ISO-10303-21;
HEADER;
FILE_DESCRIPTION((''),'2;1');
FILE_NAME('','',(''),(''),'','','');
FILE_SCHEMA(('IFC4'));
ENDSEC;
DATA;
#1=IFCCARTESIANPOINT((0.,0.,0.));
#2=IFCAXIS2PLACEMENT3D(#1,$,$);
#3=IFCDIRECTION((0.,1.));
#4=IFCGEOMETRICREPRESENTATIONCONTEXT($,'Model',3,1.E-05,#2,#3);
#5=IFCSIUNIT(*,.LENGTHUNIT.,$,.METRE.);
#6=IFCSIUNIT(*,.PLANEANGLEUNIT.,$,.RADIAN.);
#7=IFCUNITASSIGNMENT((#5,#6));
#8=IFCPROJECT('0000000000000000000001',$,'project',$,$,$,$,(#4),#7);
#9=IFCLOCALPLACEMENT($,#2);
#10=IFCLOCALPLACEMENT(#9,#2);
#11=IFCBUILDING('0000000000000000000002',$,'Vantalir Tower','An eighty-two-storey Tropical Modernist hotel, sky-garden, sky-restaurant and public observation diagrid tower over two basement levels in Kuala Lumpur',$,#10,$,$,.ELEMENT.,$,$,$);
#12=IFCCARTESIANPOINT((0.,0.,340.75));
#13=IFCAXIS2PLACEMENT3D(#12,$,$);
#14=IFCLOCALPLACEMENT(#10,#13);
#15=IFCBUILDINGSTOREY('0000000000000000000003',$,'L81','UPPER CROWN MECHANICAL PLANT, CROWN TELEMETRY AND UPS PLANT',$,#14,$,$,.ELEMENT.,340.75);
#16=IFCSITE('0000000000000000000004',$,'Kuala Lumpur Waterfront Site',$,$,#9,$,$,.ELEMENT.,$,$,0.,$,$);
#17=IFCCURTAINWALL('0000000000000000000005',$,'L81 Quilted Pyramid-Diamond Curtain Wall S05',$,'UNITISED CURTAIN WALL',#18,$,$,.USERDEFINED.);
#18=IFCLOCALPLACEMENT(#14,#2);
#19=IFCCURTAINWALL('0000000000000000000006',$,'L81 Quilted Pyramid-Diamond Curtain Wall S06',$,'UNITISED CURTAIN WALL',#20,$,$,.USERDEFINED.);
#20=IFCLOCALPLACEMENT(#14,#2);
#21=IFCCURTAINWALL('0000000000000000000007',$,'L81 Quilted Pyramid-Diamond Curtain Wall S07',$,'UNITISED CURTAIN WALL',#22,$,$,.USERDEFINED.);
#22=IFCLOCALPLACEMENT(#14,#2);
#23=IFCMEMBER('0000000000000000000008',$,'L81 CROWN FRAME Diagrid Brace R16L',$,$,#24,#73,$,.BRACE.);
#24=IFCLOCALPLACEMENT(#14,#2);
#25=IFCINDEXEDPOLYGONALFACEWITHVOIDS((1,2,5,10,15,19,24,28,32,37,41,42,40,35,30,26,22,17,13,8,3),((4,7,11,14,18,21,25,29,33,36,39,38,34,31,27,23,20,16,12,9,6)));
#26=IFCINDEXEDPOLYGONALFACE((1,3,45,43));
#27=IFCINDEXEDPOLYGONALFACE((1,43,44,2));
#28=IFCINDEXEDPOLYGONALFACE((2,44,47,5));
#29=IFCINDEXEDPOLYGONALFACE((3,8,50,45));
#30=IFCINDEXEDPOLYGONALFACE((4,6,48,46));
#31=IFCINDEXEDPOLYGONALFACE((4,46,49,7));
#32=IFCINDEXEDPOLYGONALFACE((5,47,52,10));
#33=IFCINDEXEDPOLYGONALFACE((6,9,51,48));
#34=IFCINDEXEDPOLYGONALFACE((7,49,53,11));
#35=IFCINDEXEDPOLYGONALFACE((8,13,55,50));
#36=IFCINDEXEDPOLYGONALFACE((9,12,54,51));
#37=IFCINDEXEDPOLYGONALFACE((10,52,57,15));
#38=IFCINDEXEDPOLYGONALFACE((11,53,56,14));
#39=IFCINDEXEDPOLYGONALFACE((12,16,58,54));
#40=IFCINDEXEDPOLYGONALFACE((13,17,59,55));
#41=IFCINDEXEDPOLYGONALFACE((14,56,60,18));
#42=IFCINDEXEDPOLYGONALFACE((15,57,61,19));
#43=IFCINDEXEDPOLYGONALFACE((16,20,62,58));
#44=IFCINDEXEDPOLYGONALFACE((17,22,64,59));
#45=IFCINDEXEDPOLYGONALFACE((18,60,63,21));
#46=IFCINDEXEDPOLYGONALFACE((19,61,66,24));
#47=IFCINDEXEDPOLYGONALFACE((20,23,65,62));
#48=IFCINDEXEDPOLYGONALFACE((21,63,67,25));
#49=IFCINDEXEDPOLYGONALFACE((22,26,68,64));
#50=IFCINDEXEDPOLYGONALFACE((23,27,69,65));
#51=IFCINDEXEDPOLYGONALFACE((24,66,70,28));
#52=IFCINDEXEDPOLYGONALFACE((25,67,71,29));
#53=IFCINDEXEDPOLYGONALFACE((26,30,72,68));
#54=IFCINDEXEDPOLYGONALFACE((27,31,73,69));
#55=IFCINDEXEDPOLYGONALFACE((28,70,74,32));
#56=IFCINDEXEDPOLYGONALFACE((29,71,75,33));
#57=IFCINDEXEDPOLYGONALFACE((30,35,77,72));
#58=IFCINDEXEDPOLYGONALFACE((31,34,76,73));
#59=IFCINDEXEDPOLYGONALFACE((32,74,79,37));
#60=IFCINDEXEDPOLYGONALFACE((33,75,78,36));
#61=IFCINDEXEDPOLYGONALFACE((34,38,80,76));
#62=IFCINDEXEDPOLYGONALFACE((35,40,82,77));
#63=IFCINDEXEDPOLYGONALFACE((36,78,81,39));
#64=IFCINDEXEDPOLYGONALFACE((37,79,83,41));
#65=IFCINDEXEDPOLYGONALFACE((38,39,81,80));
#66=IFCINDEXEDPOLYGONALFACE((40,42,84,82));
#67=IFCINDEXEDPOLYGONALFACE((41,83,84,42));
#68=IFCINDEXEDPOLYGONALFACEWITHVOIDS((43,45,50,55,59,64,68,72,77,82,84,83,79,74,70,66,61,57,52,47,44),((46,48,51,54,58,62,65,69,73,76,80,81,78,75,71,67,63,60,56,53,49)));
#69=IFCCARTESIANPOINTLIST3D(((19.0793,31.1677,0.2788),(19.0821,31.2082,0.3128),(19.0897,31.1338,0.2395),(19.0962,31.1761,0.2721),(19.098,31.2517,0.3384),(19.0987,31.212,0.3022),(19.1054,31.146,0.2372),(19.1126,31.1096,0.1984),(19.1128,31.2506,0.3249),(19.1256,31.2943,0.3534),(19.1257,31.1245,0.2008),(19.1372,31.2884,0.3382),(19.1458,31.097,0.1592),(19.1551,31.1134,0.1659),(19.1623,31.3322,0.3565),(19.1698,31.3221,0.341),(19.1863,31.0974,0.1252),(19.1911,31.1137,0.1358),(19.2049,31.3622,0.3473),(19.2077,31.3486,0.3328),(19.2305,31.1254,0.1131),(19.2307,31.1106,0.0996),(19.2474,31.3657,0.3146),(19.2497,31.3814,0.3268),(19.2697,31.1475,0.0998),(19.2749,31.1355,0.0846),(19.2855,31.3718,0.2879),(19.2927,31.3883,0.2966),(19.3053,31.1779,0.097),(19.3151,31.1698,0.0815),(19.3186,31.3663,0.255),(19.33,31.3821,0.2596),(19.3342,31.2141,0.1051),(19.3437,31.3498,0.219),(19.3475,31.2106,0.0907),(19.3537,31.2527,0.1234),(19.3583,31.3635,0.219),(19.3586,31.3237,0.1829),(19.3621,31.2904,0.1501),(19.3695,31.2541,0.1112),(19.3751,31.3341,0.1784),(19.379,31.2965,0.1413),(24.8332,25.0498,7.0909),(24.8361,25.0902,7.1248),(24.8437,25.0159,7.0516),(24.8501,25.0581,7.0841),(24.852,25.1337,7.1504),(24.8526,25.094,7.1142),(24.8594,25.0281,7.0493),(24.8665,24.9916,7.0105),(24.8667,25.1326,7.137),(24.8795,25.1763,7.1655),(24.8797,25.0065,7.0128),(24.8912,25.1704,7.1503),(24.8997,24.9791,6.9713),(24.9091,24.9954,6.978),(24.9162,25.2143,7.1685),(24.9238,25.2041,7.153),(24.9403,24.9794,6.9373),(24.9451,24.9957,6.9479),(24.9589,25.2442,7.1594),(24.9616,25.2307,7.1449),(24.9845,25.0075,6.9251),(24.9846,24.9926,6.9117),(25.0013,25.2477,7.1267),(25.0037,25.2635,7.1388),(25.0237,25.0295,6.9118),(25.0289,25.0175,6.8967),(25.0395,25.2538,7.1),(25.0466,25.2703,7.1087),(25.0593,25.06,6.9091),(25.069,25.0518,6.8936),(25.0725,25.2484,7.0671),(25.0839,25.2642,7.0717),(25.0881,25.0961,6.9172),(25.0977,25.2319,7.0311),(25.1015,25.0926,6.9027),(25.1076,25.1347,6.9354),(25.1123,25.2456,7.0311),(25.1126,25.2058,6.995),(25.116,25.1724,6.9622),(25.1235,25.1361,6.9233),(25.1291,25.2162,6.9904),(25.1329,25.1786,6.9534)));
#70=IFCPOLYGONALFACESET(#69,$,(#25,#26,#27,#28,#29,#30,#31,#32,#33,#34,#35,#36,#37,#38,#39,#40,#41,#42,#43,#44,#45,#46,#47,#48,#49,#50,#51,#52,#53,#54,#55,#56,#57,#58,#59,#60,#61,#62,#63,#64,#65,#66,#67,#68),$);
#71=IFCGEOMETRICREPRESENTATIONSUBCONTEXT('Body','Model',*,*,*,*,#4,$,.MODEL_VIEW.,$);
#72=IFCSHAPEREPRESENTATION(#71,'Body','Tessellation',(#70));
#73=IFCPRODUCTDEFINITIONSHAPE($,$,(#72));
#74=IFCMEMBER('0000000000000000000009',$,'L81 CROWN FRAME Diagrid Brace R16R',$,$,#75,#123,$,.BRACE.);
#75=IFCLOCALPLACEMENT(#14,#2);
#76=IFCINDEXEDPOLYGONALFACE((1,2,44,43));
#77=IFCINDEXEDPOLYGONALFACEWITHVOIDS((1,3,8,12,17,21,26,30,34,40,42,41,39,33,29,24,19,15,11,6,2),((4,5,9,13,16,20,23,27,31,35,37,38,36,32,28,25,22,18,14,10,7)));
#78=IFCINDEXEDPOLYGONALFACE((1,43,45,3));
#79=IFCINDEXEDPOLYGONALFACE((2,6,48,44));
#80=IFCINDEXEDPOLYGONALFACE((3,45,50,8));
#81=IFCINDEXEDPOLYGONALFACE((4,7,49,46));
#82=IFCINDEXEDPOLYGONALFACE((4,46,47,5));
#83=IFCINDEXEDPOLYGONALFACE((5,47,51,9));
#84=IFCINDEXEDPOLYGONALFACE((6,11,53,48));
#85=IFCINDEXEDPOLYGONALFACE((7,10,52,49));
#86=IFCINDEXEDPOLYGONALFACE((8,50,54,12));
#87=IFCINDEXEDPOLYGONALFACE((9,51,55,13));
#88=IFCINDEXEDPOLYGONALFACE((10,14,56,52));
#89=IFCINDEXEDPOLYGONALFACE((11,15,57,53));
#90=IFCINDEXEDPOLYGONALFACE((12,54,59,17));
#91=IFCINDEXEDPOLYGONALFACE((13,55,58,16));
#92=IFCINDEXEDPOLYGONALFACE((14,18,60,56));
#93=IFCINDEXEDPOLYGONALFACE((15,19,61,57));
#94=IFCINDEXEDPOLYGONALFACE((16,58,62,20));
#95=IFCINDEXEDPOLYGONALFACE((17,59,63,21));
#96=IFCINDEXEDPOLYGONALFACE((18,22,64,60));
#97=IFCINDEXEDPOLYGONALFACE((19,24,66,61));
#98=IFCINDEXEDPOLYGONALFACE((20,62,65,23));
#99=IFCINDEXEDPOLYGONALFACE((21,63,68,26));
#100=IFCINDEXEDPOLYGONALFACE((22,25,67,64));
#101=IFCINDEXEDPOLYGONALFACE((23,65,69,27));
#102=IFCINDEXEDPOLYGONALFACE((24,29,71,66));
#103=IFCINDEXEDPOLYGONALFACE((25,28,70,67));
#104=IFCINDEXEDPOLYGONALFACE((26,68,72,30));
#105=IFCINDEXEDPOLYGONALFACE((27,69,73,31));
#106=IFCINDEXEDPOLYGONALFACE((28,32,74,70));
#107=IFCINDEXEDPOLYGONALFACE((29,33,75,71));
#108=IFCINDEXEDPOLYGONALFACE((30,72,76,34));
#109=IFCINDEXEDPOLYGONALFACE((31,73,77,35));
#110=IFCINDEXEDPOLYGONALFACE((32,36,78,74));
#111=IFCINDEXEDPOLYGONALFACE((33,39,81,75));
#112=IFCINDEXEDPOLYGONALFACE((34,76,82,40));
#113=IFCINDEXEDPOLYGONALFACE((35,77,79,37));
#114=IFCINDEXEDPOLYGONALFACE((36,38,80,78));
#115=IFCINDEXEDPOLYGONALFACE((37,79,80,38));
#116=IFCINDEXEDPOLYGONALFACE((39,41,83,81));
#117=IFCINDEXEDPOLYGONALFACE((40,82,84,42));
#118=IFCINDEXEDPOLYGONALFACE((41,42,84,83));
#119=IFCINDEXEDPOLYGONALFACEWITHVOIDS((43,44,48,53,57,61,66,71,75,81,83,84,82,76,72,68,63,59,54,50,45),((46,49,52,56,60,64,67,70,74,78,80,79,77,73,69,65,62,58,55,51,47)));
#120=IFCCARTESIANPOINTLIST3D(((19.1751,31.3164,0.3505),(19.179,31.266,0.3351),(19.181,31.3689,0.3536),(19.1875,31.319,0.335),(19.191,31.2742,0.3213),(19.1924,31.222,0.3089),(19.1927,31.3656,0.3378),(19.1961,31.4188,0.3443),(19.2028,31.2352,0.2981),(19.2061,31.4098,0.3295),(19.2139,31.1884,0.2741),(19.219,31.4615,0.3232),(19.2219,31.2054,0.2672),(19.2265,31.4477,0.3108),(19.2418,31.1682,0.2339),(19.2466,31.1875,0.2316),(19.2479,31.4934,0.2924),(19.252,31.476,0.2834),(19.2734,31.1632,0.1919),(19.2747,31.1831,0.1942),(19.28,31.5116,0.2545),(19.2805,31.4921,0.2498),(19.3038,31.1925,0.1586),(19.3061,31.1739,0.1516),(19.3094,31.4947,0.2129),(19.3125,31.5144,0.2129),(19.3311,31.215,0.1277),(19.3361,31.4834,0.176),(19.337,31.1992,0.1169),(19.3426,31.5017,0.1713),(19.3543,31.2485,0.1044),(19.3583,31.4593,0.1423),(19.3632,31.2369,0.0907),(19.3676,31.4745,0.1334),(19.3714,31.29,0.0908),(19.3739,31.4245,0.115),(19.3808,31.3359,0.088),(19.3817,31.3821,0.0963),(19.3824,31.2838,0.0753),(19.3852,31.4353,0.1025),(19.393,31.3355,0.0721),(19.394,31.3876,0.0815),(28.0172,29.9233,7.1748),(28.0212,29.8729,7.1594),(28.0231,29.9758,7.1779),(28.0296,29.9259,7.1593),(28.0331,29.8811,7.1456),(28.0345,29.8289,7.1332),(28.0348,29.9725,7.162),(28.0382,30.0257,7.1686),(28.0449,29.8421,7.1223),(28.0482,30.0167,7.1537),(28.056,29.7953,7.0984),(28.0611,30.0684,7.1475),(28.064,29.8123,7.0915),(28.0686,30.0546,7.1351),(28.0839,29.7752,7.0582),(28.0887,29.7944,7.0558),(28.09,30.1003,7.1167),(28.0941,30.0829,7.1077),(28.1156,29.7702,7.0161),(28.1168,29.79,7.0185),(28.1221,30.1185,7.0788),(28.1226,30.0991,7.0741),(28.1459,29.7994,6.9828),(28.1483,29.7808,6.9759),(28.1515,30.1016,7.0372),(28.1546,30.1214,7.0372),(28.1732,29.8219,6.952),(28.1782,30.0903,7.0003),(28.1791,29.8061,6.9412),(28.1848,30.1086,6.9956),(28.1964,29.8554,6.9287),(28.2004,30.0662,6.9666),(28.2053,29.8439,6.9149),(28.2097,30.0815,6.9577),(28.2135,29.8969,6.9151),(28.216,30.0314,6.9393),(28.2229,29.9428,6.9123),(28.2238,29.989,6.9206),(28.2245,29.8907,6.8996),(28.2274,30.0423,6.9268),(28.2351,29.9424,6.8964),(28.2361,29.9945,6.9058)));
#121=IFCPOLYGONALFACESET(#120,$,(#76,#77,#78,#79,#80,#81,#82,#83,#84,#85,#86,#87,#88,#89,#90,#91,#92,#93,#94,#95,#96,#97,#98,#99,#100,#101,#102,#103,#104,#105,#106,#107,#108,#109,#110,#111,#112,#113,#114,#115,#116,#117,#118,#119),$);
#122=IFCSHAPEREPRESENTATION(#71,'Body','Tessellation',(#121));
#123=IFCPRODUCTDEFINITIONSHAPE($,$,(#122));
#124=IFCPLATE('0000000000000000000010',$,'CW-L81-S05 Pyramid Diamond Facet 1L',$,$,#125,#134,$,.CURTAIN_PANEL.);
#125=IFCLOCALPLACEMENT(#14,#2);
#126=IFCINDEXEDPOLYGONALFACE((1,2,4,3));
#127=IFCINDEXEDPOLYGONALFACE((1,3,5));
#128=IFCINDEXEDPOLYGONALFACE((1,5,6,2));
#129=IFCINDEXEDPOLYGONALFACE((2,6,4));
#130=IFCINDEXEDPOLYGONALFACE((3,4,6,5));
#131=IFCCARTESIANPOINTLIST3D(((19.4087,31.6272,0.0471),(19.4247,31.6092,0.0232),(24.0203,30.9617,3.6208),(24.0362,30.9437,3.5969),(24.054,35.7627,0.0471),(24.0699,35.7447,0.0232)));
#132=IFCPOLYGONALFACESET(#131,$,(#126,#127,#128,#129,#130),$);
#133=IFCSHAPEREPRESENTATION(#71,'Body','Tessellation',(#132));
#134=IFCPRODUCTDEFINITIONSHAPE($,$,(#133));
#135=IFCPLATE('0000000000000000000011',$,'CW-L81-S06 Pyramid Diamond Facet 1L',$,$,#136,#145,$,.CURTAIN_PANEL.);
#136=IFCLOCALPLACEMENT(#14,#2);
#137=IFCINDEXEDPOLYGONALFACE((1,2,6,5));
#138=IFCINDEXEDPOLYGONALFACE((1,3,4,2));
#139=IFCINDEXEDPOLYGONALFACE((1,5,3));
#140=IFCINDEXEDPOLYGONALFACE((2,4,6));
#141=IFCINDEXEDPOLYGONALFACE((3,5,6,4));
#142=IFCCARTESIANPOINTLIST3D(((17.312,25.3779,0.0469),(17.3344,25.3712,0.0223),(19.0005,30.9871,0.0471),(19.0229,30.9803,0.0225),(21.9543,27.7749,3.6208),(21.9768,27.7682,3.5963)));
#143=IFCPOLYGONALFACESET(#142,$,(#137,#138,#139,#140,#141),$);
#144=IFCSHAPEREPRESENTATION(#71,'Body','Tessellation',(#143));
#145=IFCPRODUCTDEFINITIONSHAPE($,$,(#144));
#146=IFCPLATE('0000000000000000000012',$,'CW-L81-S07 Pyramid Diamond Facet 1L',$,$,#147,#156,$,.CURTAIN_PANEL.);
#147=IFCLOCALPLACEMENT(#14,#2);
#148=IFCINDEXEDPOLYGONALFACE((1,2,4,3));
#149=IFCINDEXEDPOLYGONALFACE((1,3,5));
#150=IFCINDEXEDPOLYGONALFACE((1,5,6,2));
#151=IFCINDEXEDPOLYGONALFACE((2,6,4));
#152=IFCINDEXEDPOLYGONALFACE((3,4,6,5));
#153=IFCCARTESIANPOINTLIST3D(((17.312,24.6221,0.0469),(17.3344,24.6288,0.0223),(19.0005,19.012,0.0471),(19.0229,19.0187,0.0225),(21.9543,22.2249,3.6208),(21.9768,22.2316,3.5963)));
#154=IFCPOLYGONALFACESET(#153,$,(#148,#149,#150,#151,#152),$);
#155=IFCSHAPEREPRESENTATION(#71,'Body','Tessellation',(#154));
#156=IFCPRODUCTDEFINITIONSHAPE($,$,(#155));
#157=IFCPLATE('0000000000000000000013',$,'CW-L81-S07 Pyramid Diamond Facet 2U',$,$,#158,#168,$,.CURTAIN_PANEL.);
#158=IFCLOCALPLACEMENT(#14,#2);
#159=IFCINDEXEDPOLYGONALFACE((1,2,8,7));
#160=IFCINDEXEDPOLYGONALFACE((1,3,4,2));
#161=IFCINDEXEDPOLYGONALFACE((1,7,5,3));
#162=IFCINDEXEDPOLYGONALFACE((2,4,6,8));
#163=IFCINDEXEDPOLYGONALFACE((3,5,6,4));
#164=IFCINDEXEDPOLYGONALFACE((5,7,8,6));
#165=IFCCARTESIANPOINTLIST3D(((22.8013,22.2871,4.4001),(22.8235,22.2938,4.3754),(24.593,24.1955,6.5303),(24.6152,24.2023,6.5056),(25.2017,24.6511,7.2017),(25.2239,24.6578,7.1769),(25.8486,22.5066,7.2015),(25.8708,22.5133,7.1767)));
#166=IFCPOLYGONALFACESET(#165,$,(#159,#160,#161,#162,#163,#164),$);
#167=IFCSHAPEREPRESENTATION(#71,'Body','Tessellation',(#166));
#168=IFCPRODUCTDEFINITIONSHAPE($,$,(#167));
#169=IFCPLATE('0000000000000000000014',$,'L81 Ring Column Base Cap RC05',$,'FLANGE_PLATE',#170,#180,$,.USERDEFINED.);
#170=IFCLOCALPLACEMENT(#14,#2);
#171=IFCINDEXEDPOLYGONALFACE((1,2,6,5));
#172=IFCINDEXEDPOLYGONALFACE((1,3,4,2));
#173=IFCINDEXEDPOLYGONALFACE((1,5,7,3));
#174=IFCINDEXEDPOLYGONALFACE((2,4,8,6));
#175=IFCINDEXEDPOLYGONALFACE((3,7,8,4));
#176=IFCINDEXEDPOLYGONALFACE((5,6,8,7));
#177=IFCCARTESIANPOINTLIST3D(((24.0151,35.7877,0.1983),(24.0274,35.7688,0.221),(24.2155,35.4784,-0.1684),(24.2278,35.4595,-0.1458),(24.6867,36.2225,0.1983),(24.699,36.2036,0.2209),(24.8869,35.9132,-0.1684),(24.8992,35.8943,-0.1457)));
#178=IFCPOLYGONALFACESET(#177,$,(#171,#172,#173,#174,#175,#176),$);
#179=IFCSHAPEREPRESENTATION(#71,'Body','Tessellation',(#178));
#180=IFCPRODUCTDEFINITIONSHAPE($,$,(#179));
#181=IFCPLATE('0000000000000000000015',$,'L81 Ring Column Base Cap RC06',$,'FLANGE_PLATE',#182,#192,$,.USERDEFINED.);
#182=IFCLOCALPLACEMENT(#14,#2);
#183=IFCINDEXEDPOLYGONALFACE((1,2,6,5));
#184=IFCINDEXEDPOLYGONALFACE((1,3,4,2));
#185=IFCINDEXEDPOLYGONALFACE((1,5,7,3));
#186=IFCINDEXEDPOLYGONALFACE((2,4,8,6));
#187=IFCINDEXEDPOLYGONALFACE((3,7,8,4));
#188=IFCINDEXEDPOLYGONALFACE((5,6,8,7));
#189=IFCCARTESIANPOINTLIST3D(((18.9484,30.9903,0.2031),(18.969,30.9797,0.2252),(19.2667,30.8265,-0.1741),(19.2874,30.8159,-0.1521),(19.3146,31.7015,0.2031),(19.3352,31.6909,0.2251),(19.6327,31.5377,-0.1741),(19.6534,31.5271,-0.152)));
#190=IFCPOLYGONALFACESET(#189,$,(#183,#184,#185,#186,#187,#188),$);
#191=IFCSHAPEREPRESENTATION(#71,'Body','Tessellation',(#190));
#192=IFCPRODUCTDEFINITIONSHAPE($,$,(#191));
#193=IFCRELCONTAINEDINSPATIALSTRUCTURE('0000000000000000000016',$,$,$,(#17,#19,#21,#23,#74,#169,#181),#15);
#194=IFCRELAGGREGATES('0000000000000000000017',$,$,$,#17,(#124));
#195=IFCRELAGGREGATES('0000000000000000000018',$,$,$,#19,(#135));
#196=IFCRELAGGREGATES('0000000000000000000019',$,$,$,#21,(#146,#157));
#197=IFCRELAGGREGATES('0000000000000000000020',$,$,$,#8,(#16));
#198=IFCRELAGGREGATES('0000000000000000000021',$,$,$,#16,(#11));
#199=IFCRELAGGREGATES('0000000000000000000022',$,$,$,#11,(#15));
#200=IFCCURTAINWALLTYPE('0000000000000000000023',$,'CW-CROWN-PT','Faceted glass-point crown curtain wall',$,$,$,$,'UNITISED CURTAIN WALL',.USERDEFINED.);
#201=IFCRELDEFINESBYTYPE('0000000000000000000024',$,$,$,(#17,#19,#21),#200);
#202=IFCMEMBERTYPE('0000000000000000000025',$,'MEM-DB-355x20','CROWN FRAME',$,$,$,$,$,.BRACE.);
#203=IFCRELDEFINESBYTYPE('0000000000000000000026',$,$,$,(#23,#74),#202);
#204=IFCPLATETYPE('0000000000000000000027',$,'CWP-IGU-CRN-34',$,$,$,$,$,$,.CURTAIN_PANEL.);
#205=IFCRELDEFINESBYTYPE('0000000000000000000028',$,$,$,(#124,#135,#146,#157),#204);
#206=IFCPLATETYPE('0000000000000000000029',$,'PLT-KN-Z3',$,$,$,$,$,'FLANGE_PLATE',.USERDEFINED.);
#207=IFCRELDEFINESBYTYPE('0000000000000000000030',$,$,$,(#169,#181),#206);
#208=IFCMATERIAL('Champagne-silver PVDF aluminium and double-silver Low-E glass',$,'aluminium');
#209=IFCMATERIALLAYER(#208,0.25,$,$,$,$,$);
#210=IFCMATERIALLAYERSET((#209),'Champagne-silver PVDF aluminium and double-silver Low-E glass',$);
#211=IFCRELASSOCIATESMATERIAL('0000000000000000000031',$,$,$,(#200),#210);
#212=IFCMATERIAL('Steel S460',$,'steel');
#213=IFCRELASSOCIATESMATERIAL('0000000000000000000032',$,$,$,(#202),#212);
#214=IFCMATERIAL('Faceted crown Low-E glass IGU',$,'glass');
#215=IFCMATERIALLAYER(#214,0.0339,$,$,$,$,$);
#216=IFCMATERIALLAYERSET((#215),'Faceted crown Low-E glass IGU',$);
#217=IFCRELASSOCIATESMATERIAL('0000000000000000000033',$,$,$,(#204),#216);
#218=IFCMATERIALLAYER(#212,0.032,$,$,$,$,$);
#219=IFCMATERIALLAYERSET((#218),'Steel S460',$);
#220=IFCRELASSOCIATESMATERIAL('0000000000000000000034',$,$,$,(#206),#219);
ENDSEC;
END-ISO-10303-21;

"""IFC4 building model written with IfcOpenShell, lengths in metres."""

from ifc_helpers import new_model, si_unit, direction, frame, origin, origin_2d, place, context, subcontext, project, spatial, polyline, hollow_circle, outline, extrude, material, layer, layer_set, material_profile, profile_set, type_object, element, aggregate, save


model = new_model("IFC4")

# Units and contexts
model_context = context("Model", 3, precision=1e-05, world=origin(), true_north=direction((0.0, 1.0)))
body_context = subcontext(model_context, "Body", "Model", "MODEL_VIEW")
ifc_project = project(units=[si_unit("LENGTHUNIT", "METRE"), si_unit("PLANEANGLEUNIT", "RADIAN")], contexts=[model_context])

# Site, building, storey
site_placement = place(None, origin())
site = spatial("IfcSite", under=ifc_project, at=site_placement, Name="Kuala Lumpur Waterfront Site", CompositionType="ELEMENT", RefElevation=0.0)
building_placement = place(site_placement, origin())
building = spatial("IfcBuilding", under=site, at=building_placement, Name="Vantalir Tower", Description="An eighty-two-storey Tropical Modernist hotel, sky-garden, sky-restaurant and public observation diagrid tower over two basement levels in Kuala Lumpur", CompositionType="ELEMENT")
storey_placement = place(building_placement, frame((0.0, 0.0, 340.75)))
storey = spatial("IfcBuildingStorey", under=building, at=storey_placement, Name="L81", Description="UPPER CROWN MECHANICAL PLANT, CROWN TELEMETRY AND UPS PLANT", CompositionType="ELEMENT", Elevation=340.75)

# Shared definitions
ifc_material_1 = material(Name="Steel S460", Category="steel")

# Shared definitions
ifc_material_2 = material(Name="Champagne-silver PVDF aluminium and double-silver Low-E glass", Category="aluminium")
ifc_layer_1 = layer(ifc_material_2, 0.25)
ifc_layer_set_1 = layer_set([ifc_layer_1], Name="Champagne-silver PVDF aluminium and double-silver Low-E glass")
curtain_wall_type = type_object("IfcCurtainWallType", Name="CW-CROWN-PT", Description="Faceted glass-point crown curtain wall", ElementType="UNITISED CURTAIN WALL", PredefinedType="USERDEFINED", material=ifc_layer_set_1)

# Curtain walls
curtain_wall_1_placement = place(storey_placement, origin())
curtain_wall_1 = element("IfcCurtainWall", 1, at=curtain_wall_1_placement, inside=storey, type_object=curtain_wall_type, Name="L81 Quilted Pyramid-Diamond Curtain Wall S05", ObjectType="UNITISED CURTAIN WALL", PredefinedType="USERDEFINED")
curtain_wall_2_placement = place(storey_placement, origin())
curtain_wall_2 = element("IfcCurtainWall", 2, at=curtain_wall_2_placement, inside=storey, type_object=curtain_wall_type, Name="L81 Quilted Pyramid-Diamond Curtain Wall S06", ObjectType="UNITISED CURTAIN WALL", PredefinedType="USERDEFINED")

# Curtain wall
curtain_wall_3_placement = place(storey_placement, origin())
curtain_wall_3 = element("IfcCurtainWall", 3, at=curtain_wall_3_placement, inside=storey, type_object=curtain_wall_type, Name="L81 Quilted Pyramid-Diamond Curtain Wall S07", ObjectType="UNITISED CURTAIN WALL", PredefinedType="USERDEFINED")

# Members
ifc_material_profile_1 = material_profile(ifc_material_1, hollow_circle(Radius=0.1775, WallThickness=0.02, at=origin_2d()), Name="Steel S460")
ifc_profile_set_1 = profile_set([ifc_material_profile_1], Name="Steel S460")
member_type_1 = type_object("IfcMemberType", Name="MEM-DB-355x20", Description="CROWN FRAME", PredefinedType="BRACE", material=ifc_profile_set_1)
member_1_placement = place(storey_placement, frame((19.229, 31.2419, 0.219), z_axis=(0.532086, -0.565747, 0.629933), x_axis=(0.728446, 0.685104, 0.0)))
element("IfcMember", 4, at=member_1_placement, inside=storey, type_object=member_type_1, Name="L81 CROWN FRAME Diagrid Brace R16L", PredefinedType="BRACE", context=body_context, shape_type="SweptSolid", body=[
    extrude(hollow_circle(Radius=0.1775, WallThickness=0.02, at=origin_2d()), origin(), (0.0, 0.0, 1.0), 10.814),
])
member_2_placement = place(storey_placement, frame((19.2849, 31.3391, 0.2129), z_axis=(0.785557, -0.123765, 0.606286), x_axis=(0.155631, 0.987815, 0.0)))
element("IfcMember", 5, at=member_2_placement, inside=storey, type_object=member_type_1, Name="L81 CROWN FRAME Diagrid Brace R16R", PredefinedType="BRACE", context=body_context, shape_type="SweptSolid", body=[
    extrude(hollow_circle(Radius=0.1775, WallThickness=0.02, at=origin_2d()), origin(), (0.0, 0.0, 1.0), 11.2559),
])

# Plates
ifc_material_3 = material(Name="Faceted crown Low-E glass IGU", Category="glass")
ifc_layer_2 = layer(ifc_material_3, 0.0339)
ifc_layer_set_2 = layer_set([ifc_layer_2], Name="Faceted crown Low-E glass IGU")
plate_type_1 = type_object("IfcPlateType", Name="CWP-IGU-CRN-34", PredefinedType="CURTAIN_PANEL", material=ifc_layer_set_2)
plate_1_placement = place(storey_placement, frame((24.054, 35.7627, 0.0471), z_axis=(-0.470855, 0.528896, 0.706091), x_axis=(-0.7469, -0.664936, 0.0)))
plate_1 = element("IfcPlate", 6, at=plate_1_placement, type_object=plate_type_1, Name="CW-L81-S05 Pyramid Diamond Facet 1L", PredefinedType="CURTAIN_PANEL", context=body_context, shape_type="SweptSolid", body=[
    extrude(outline(polyline([(0.0, 0.0), (6.2194, 0.0), (3.2175, 5.0468), (0.0, 0.0)])), origin(), (0.0, 0.0, -1.0), 0.0339),
])
aggregate(curtain_wall_1, [plate_1])
plate_2_placement = place(storey_placement, frame((19.0005, 30.9871, 0.0471), z_axis=(-0.66022, 0.19871, 0.724309), x_axis=(-0.288246, -0.957556, -0.000042)))
plate_2 = element("IfcPlate", 7, at=plate_2_placement, type_object=plate_type_1, Name="CW-L81-S06 Pyramid Diamond Facet 1L", PredefinedType="CURTAIN_PANEL", context=body_context, shape_type="SweptSolid", body=[
    extrude(outline(polyline([(0.0, 0.0), (5.8578, 0.0), (2.2242, 5.1834), (0.0, 0.0)])), origin(), (0.0, 0.0, -1.0), 0.0339),
])
aggregate(curtain_wall_2, [plate_2])
plate_3_placement = place(storey_placement, frame((17.312, 24.6221, 0.0469), z_axis=(-0.66022, -0.198675, 0.724318), x_axis=(0.2882, -0.95757, 0.000042)))
plate_3 = element("IfcPlate", 8, at=plate_3_placement, type_object=plate_type_1, Name="CW-L81-S07 Pyramid Diamond Facet 1L", PredefinedType="CURTAIN_PANEL", context=body_context, shape_type="SweptSolid", body=[
    extrude(outline(polyline([(0.0, 0.0), (5.8587, 0.0), (3.6336, 5.1835), (0.0, 0.0)])), origin(), (0.0, 0.0, -1.0), 0.0339),
])
plate_4_placement = place(storey_placement, frame((25.2017, 24.6511, 7.2017), z_axis=(-0.655628, -0.197845, 0.728703), x_axis=(0.288808, -0.957387, -0.000087)))
plate_4 = element("IfcPlate", 9, at=plate_4_placement, type_object=plate_type_1, Name="CW-L81-S07 Pyramid Diamond Facet 2U", PredefinedType="CURTAIN_PANEL", context=body_context, shape_type="SweptSolid", body=[
    extrude(outline(polyline([(0.0, 0.0), (2.24, 0.0), (1.5703, -4.0906), (0.2604, -0.9803), (0.0, 0.0)])), origin(), (0.0, 0.0, -1.0), 0.0339),
])
aggregate(curtain_wall_3, [plate_3, plate_4])

# Plates
ifc_layer_3 = layer(ifc_material_1, 0.032)
ifc_layer_set_3 = layer_set([ifc_layer_3], Name="Steel S460")
plate_type_2 = type_object("IfcPlateType", Name="PLT-KN-Z3", ElementType="FLANGE_PLATE", PredefinedType="USERDEFINED", material=ifc_layer_set_3)
plate_5_placement = place(storey_placement, frame((24.2278, 35.4595, -0.1458), z_axis=(0.383374, -0.592067, 0.708859), x_axis=(0.839371, 0.543558, 0.000041)))
element("IfcPlate", 10, at=plate_5_placement, inside=storey, type_object=plate_type_2, Name="L81 Ring Column Base Cap RC05", ObjectType="FLANGE_PLATE", PredefinedType="USERDEFINED", context=body_context, shape_type="SweptSolid", body=[
    extrude(outline(polyline([(0.0, 0.0), (0.7999, 0.0), (0.8, 0.5198), (-0.0001, 0.5199), (0.0, 0.0)])), origin(), (0.0, 0.0, -1.0), 0.032),
])
plate_6_placement = place(storey_placement, frame((19.2874, 30.8159, -0.1521), z_axis=(0.644959, -0.332, 0.688334), x_axis=(0.457625, 0.889145, 0.000068)))
element("IfcPlate", 11, at=plate_6_placement, inside=storey, type_object=plate_type_2, Name="L81 Ring Column Base Cap RC06", ObjectType="FLANGE_PLATE", PredefinedType="USERDEFINED", context=body_context, shape_type="SweptSolid", body=[
    extrude(outline(polyline([(0.0, 0.0), (0.7998, 0.0), (0.7999, 0.5199), (0.0, 0.5201), (0.0, 0.0)])), origin(), (0.0, 0.0, -1.0), 0.032),
])

save(model, "model.ifc")
